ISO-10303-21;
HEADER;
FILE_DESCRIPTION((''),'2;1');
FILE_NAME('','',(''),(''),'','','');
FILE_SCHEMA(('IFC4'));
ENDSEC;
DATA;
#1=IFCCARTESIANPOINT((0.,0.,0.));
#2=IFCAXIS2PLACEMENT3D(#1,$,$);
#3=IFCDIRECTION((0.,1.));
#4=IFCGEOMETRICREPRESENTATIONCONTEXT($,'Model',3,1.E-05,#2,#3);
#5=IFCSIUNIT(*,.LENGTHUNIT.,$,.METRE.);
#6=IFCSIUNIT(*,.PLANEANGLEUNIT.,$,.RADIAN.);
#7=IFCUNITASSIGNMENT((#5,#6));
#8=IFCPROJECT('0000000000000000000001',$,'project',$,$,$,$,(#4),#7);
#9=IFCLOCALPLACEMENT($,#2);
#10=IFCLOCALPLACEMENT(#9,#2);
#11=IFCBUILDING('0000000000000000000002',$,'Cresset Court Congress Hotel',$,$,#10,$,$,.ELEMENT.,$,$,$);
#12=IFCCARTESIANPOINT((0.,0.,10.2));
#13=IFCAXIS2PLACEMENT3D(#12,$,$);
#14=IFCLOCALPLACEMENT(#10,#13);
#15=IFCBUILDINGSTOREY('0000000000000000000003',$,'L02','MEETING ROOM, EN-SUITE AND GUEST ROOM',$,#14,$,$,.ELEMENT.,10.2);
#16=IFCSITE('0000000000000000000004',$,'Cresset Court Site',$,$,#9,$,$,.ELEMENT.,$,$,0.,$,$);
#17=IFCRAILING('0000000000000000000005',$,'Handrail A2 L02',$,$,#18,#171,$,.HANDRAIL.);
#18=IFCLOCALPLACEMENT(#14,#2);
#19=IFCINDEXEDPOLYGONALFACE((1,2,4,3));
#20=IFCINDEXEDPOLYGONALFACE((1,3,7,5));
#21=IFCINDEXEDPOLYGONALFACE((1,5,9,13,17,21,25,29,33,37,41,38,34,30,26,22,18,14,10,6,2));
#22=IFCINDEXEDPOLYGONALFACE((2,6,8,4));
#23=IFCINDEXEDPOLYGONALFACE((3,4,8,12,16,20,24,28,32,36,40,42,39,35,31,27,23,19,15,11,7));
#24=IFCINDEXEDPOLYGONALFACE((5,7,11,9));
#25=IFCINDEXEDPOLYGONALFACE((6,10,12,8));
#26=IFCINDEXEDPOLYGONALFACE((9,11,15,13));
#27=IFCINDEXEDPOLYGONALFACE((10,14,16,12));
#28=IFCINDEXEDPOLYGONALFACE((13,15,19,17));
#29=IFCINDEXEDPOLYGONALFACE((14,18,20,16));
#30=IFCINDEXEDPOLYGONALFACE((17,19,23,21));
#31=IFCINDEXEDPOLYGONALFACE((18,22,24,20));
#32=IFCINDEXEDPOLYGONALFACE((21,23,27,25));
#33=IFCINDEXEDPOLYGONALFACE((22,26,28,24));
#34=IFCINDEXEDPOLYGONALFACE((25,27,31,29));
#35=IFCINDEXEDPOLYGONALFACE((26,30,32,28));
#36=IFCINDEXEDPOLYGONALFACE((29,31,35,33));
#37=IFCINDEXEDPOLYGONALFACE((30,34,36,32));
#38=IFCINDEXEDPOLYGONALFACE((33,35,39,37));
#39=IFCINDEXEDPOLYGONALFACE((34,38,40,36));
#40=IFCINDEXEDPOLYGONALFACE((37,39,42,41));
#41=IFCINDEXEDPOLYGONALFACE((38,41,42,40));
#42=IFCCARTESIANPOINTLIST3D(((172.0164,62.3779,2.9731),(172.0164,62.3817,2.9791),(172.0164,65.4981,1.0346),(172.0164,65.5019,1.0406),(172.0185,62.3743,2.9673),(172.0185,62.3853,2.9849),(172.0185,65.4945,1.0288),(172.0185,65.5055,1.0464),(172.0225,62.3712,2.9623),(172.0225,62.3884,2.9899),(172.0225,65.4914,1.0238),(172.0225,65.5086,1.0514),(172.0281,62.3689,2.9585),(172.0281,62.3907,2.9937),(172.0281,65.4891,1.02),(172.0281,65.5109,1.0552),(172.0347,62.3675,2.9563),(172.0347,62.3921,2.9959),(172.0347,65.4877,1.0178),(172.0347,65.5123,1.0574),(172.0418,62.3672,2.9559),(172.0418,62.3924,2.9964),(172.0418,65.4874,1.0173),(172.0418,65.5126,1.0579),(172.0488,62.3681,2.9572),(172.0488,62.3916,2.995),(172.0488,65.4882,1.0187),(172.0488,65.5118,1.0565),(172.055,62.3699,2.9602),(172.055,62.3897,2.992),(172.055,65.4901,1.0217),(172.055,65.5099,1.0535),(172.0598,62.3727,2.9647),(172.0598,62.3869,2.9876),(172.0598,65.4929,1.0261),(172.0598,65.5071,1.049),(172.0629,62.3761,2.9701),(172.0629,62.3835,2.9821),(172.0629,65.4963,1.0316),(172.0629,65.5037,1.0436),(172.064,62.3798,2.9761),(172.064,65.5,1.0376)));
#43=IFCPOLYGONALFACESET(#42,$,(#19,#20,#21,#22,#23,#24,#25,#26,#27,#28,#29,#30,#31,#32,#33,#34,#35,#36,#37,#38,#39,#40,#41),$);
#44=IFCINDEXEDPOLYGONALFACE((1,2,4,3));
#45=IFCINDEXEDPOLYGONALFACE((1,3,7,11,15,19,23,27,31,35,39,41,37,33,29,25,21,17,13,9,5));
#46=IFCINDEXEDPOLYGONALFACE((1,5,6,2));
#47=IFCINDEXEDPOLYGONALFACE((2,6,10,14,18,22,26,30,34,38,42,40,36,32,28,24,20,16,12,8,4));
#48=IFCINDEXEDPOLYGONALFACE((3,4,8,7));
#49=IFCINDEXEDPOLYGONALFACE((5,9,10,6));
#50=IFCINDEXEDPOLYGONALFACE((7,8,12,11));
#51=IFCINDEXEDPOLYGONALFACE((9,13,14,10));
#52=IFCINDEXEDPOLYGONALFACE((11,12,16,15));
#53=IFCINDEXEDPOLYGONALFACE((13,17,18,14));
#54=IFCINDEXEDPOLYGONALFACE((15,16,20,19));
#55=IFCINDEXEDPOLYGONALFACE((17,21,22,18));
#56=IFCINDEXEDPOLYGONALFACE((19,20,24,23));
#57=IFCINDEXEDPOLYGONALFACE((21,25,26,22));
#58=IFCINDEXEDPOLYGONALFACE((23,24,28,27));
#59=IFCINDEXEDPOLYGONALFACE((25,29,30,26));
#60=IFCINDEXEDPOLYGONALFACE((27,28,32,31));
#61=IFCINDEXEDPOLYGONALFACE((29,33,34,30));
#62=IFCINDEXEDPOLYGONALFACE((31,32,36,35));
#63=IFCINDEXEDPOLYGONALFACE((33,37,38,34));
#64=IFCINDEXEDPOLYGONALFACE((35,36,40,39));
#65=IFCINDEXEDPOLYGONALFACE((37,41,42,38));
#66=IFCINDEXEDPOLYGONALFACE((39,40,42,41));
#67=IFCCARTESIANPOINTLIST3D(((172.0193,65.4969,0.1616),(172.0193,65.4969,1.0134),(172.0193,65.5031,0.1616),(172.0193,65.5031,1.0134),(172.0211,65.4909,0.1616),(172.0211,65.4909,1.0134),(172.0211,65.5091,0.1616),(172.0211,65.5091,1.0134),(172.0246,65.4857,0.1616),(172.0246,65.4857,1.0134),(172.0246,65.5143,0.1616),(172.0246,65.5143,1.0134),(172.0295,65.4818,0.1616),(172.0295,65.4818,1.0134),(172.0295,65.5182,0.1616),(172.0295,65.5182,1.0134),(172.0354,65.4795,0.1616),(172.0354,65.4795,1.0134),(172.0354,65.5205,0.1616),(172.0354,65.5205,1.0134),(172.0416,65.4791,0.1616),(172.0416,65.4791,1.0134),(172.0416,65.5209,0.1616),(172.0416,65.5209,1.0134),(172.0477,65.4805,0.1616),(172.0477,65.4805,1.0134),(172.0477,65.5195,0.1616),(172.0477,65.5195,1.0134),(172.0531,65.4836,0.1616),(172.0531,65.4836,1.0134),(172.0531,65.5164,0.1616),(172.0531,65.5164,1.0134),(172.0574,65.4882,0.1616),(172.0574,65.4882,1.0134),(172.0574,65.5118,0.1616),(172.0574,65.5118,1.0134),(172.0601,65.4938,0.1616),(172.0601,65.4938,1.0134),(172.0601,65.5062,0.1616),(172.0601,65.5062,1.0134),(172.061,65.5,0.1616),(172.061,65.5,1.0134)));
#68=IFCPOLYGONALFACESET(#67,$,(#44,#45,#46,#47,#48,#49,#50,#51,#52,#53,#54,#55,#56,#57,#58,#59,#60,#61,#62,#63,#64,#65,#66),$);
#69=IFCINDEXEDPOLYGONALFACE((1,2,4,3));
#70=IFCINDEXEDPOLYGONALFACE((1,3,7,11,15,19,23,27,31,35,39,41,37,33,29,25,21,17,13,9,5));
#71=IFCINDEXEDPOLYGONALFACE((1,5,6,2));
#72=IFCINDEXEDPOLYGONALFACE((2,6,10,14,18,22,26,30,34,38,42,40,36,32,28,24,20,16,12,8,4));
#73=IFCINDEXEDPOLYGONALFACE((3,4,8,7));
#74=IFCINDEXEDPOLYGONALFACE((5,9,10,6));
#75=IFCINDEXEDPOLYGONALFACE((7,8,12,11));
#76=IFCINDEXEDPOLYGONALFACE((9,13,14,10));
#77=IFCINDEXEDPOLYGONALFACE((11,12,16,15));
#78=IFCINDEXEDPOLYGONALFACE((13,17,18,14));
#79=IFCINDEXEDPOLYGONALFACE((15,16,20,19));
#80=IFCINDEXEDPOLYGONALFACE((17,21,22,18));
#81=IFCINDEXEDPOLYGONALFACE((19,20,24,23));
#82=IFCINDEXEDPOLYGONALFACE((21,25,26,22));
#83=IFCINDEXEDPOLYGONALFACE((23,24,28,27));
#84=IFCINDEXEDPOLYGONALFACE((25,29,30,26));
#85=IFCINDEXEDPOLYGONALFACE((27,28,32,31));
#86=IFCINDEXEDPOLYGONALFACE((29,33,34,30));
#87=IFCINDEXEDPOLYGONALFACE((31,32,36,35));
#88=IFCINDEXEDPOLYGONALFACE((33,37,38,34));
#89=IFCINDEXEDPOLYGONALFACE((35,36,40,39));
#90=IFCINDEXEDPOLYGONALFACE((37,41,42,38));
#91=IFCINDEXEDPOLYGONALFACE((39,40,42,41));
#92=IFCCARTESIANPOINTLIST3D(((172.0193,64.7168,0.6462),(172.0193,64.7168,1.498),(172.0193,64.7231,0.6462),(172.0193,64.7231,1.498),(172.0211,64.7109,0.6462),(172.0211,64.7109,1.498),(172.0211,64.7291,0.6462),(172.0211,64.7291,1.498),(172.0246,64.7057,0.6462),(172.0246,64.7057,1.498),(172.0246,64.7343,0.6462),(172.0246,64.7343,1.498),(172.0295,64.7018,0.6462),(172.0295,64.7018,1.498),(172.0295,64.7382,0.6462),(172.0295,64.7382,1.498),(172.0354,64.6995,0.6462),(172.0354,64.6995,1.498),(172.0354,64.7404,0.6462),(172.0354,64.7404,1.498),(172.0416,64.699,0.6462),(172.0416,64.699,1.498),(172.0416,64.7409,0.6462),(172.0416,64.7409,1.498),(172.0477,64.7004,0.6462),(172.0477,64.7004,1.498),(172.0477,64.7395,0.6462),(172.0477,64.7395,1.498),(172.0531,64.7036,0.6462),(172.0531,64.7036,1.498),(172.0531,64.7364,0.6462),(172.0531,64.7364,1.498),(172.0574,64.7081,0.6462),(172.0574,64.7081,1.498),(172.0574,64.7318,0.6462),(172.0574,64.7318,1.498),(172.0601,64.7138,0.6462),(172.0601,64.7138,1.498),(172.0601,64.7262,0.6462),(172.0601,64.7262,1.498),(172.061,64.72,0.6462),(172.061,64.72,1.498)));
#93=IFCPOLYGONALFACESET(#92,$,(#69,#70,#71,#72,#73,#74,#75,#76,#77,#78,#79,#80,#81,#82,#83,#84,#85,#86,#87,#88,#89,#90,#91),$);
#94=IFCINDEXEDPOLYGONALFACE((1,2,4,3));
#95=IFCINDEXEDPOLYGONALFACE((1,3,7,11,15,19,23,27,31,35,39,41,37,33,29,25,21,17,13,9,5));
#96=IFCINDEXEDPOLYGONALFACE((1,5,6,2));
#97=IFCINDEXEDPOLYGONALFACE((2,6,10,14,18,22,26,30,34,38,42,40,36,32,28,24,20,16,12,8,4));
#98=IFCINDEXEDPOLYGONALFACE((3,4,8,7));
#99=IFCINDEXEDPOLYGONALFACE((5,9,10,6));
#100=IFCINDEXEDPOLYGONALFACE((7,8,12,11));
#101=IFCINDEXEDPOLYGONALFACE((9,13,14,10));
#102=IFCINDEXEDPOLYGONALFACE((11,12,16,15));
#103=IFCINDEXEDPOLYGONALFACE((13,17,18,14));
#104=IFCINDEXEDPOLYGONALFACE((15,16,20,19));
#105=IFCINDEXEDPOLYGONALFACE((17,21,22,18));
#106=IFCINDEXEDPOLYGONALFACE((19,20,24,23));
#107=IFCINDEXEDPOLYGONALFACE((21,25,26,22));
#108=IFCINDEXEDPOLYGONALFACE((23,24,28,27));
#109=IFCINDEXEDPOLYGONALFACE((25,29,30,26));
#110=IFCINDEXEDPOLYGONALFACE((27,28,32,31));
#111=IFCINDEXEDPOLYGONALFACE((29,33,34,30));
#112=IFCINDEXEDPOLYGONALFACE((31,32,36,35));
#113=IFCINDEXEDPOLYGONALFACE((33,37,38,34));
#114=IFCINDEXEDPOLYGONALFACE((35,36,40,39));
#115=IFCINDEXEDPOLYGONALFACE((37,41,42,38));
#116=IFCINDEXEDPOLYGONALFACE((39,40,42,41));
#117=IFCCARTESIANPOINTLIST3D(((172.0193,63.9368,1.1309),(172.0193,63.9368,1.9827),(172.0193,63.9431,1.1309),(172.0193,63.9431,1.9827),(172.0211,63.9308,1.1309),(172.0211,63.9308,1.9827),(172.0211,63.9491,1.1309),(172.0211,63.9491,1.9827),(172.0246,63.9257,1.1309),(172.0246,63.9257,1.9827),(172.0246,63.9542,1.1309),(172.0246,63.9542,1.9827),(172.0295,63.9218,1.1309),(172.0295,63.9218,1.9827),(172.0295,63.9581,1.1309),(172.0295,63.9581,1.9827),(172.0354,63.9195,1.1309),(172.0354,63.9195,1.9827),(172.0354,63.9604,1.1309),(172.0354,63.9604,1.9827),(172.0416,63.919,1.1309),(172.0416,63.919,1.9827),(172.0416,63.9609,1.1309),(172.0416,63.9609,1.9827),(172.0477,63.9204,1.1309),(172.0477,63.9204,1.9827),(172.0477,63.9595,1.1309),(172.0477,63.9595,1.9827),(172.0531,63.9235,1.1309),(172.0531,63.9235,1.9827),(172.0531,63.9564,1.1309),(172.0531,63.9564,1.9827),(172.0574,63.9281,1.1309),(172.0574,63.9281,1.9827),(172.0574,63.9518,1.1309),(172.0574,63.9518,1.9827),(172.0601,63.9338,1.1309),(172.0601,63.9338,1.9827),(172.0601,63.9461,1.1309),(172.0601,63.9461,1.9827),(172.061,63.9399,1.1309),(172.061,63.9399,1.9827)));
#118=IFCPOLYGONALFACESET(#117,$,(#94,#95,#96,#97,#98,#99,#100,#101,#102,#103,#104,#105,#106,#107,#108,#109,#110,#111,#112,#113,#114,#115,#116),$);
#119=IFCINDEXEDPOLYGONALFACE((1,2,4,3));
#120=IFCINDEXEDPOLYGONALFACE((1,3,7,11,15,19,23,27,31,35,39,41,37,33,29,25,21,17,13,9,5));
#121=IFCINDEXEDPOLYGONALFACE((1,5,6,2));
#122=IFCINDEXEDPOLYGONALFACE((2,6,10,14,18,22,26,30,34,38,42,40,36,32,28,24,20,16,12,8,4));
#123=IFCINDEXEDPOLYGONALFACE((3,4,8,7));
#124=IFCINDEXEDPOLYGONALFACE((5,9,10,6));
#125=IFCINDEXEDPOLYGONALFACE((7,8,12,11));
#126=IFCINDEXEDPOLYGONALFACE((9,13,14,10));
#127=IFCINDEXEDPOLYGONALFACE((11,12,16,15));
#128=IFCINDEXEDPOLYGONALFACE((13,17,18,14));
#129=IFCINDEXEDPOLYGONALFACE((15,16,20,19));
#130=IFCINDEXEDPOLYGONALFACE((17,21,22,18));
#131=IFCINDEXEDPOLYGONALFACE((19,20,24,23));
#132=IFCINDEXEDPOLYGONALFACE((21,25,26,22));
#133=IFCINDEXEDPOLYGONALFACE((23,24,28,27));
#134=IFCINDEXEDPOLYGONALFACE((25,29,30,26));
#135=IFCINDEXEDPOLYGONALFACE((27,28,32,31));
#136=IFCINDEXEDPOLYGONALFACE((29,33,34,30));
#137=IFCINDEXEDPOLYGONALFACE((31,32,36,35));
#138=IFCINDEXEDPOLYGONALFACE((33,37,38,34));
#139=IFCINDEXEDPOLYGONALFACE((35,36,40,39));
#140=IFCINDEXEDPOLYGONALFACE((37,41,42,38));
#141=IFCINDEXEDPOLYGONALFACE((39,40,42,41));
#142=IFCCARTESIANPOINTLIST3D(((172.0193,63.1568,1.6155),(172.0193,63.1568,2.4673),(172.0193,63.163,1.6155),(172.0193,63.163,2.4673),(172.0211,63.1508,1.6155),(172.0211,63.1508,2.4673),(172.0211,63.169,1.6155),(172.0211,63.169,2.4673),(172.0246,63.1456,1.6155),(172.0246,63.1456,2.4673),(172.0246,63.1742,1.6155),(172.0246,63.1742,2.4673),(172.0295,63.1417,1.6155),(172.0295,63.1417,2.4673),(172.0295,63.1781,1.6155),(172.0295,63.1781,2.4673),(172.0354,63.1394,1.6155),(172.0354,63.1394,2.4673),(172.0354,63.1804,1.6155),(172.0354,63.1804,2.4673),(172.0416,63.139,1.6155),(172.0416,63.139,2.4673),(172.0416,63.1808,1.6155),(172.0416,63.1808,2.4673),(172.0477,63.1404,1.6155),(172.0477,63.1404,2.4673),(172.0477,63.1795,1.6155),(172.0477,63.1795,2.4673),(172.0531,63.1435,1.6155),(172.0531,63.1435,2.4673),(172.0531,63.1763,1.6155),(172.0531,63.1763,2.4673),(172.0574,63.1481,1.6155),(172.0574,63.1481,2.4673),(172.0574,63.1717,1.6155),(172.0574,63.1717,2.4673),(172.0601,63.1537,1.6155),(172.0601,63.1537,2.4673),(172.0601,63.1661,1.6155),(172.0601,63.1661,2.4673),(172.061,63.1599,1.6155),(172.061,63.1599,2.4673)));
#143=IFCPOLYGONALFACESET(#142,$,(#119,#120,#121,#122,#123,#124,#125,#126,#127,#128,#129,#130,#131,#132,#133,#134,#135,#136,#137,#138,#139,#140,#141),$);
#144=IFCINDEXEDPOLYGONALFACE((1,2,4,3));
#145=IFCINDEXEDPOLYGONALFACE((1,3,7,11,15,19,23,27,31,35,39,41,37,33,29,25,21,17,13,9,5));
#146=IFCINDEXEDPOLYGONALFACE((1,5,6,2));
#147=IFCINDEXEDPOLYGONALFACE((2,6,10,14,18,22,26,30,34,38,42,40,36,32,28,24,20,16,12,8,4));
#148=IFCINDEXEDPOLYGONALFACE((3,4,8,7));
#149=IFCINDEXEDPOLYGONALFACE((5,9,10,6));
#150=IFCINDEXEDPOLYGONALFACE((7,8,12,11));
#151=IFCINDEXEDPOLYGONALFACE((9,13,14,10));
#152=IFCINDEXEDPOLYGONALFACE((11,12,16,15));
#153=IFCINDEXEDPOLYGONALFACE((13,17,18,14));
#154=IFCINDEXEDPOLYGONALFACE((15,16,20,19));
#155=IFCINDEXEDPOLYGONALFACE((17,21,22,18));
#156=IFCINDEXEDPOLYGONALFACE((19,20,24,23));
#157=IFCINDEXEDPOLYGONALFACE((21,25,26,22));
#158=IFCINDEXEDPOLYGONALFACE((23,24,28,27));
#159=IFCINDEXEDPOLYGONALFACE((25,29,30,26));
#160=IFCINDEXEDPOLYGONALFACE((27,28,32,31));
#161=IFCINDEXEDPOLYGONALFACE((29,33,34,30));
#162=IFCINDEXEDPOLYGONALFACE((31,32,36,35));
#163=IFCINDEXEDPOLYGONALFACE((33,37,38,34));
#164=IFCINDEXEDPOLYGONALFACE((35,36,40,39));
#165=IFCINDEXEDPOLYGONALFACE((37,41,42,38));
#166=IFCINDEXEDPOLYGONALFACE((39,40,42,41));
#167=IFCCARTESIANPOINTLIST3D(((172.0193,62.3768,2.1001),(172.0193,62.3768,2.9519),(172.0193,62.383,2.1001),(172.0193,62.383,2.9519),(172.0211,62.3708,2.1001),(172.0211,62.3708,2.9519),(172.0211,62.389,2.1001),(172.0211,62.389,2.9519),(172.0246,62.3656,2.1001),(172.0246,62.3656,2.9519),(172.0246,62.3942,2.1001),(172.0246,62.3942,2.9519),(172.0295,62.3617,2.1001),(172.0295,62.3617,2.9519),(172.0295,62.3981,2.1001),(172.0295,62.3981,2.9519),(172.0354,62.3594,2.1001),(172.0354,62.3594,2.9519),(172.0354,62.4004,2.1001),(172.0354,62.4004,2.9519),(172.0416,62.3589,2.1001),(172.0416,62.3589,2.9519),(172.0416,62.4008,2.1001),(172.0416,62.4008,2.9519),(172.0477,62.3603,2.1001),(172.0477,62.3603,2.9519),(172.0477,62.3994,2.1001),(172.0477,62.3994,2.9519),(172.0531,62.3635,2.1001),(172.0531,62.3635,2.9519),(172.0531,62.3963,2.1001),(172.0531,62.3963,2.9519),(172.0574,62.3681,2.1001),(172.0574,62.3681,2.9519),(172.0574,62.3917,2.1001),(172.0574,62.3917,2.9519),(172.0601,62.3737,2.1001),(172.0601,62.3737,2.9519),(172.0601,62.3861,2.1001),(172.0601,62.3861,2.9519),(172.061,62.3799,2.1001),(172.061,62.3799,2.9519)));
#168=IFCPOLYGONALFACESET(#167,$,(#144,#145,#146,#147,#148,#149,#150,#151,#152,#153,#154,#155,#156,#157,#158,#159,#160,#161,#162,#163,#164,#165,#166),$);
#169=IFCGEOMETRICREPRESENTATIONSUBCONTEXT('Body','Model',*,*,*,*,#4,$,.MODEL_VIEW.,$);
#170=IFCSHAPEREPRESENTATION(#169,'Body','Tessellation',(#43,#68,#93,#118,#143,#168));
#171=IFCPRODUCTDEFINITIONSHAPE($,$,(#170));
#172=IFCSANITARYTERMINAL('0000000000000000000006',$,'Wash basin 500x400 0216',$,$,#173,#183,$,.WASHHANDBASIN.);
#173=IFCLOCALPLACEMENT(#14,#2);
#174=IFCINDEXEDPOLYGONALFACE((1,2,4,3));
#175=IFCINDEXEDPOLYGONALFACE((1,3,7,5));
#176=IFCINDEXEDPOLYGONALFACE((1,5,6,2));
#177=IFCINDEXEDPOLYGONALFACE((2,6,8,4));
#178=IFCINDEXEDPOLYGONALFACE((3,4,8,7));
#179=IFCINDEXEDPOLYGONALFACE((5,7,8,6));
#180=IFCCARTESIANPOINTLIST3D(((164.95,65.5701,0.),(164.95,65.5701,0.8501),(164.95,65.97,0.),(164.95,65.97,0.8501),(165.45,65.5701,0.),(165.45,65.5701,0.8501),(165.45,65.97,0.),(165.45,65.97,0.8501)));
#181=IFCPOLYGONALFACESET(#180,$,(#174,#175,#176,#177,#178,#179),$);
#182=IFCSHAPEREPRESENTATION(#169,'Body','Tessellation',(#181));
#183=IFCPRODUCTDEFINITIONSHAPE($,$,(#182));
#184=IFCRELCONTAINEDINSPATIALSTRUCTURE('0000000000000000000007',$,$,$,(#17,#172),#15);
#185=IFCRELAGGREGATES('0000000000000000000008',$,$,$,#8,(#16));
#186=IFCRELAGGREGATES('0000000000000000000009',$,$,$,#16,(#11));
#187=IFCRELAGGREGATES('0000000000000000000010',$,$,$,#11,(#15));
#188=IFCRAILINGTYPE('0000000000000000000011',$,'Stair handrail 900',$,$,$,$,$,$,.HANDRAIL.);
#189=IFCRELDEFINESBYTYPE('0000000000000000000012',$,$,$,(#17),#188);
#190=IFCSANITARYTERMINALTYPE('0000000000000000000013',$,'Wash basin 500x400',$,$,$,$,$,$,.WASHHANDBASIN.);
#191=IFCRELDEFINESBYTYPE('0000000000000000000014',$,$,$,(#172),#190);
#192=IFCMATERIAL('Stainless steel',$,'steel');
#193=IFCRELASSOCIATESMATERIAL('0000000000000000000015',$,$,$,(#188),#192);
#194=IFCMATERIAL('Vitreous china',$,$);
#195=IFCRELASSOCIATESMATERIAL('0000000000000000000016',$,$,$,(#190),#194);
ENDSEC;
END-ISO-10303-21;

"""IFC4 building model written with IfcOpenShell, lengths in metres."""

from ifc_helpers import new_model, si_unit, direction, frame, origin, origin_2d, place, context, subcontext, project, spatial, rectangle, circle, extrude, material, type_object, element, save


model = new_model("IFC4")

# Units and contexts
model_context = context("Model", 3, precision=1e-05, world=origin(), true_north=direction((0.0, 1.0)))
body_context = subcontext(model_context, "Body", "Model", "MODEL_VIEW")
ifc_project = project(units=[si_unit("LENGTHUNIT", "METRE"), si_unit("PLANEANGLEUNIT", "RADIAN")], contexts=[model_context])

# Site, building, storey
site_placement = place(None, origin())
site = spatial("IfcSite", under=ifc_project, at=site_placement, Name="Cresset Court Site", CompositionType="ELEMENT", RefElevation=0.0)
building_placement = place(site_placement, origin())
building = spatial("IfcBuilding", under=site, at=building_placement, Name="Cresset Court Congress Hotel", CompositionType="ELEMENT")
storey_placement = place(building_placement, frame((0.0, 0.0, 10.2)))
storey = spatial("IfcBuildingStorey", under=building, at=storey_placement, Name="L02", Description="MEETING ROOM, EN-SUITE AND GUEST ROOM", CompositionType="ELEMENT", Elevation=10.2)

# Railing
ifc_material_1 = material(Name="Stainless steel", Category="steel")
railing_type_1 = type_object("IfcRailingType", Name="Stair handrail 900", PredefinedType="HANDRAIL", material=ifc_material_1)
for number, where, name in (
    (1, (172.04, 65.5, 0.1616), "Handrail A2 L02"),
):
    element("IfcRailing", number, at=place(storey_placement, frame(where)), inside=storey, type_object=railing_type_1, Name=name, PredefinedType="HANDRAIL", context=body_context, shape_type="SweptSolid", body=[
        extrude(circle(Radius=0.0239, at=origin_2d()), frame((0.0, 0.0, 0.876), z_axis=(0.0, -0.849414, 0.527727), x_axis=(1.0, 0.0, 0.0)), (0.0, 0.0, 1.0), 3.6733),
        extrude(circle(Radius=0.021, at=origin_2d()), origin(), (0.0, 0.0, 1.0), 0.8518),
        extrude(circle(Radius=0.021, at=origin_2d()), frame((0.0, -0.78, 0.4846)), (0.0, 0.0, 1.0), 0.8518),
        extrude(circle(Radius=0.021, at=origin_2d()), frame((0.0, -1.5601, 0.9692)), (0.0, 0.0, 1.0), 0.8518),
        extrude(circle(Radius=0.021, at=origin_2d()), frame((0.0, -2.3401, 1.4539)), (0.0, 0.0, 1.0), 0.8518),
        extrude(circle(Radius=0.021, at=origin_2d()), frame((0.0, -3.1201, 1.9385)), (0.0, 0.0, 1.0), 0.8518),
    ])

# Sanitary terminal
ifc_material_2 = material(Name="Vitreous china")
sanitary_terminal_type = type_object("IfcSanitaryTerminalType", Name="Wash basin 500x400", PredefinedType="WASHHANDBASIN", material=ifc_material_2)
sanitary_terminal_placement = place(storey_placement, frame((165.2, 65.77, 0.0), z_axis=(0.0, 0.0, 1.0), x_axis=(1.0, 0.0, 0.0)))
element("IfcSanitaryTerminal", 2, at=sanitary_terminal_placement, inside=storey, type_object=sanitary_terminal_type, Name="Wash basin 500x400 0216", PredefinedType="WASHHANDBASIN", context=body_context, shape_type="SweptSolid", body=[
    extrude(rectangle(XDim=0.5, YDim=0.3999, at=origin_2d()), origin(), (0.0, 0.0, 1.0), 0.8501),
])

save(model, "model.ifc")
